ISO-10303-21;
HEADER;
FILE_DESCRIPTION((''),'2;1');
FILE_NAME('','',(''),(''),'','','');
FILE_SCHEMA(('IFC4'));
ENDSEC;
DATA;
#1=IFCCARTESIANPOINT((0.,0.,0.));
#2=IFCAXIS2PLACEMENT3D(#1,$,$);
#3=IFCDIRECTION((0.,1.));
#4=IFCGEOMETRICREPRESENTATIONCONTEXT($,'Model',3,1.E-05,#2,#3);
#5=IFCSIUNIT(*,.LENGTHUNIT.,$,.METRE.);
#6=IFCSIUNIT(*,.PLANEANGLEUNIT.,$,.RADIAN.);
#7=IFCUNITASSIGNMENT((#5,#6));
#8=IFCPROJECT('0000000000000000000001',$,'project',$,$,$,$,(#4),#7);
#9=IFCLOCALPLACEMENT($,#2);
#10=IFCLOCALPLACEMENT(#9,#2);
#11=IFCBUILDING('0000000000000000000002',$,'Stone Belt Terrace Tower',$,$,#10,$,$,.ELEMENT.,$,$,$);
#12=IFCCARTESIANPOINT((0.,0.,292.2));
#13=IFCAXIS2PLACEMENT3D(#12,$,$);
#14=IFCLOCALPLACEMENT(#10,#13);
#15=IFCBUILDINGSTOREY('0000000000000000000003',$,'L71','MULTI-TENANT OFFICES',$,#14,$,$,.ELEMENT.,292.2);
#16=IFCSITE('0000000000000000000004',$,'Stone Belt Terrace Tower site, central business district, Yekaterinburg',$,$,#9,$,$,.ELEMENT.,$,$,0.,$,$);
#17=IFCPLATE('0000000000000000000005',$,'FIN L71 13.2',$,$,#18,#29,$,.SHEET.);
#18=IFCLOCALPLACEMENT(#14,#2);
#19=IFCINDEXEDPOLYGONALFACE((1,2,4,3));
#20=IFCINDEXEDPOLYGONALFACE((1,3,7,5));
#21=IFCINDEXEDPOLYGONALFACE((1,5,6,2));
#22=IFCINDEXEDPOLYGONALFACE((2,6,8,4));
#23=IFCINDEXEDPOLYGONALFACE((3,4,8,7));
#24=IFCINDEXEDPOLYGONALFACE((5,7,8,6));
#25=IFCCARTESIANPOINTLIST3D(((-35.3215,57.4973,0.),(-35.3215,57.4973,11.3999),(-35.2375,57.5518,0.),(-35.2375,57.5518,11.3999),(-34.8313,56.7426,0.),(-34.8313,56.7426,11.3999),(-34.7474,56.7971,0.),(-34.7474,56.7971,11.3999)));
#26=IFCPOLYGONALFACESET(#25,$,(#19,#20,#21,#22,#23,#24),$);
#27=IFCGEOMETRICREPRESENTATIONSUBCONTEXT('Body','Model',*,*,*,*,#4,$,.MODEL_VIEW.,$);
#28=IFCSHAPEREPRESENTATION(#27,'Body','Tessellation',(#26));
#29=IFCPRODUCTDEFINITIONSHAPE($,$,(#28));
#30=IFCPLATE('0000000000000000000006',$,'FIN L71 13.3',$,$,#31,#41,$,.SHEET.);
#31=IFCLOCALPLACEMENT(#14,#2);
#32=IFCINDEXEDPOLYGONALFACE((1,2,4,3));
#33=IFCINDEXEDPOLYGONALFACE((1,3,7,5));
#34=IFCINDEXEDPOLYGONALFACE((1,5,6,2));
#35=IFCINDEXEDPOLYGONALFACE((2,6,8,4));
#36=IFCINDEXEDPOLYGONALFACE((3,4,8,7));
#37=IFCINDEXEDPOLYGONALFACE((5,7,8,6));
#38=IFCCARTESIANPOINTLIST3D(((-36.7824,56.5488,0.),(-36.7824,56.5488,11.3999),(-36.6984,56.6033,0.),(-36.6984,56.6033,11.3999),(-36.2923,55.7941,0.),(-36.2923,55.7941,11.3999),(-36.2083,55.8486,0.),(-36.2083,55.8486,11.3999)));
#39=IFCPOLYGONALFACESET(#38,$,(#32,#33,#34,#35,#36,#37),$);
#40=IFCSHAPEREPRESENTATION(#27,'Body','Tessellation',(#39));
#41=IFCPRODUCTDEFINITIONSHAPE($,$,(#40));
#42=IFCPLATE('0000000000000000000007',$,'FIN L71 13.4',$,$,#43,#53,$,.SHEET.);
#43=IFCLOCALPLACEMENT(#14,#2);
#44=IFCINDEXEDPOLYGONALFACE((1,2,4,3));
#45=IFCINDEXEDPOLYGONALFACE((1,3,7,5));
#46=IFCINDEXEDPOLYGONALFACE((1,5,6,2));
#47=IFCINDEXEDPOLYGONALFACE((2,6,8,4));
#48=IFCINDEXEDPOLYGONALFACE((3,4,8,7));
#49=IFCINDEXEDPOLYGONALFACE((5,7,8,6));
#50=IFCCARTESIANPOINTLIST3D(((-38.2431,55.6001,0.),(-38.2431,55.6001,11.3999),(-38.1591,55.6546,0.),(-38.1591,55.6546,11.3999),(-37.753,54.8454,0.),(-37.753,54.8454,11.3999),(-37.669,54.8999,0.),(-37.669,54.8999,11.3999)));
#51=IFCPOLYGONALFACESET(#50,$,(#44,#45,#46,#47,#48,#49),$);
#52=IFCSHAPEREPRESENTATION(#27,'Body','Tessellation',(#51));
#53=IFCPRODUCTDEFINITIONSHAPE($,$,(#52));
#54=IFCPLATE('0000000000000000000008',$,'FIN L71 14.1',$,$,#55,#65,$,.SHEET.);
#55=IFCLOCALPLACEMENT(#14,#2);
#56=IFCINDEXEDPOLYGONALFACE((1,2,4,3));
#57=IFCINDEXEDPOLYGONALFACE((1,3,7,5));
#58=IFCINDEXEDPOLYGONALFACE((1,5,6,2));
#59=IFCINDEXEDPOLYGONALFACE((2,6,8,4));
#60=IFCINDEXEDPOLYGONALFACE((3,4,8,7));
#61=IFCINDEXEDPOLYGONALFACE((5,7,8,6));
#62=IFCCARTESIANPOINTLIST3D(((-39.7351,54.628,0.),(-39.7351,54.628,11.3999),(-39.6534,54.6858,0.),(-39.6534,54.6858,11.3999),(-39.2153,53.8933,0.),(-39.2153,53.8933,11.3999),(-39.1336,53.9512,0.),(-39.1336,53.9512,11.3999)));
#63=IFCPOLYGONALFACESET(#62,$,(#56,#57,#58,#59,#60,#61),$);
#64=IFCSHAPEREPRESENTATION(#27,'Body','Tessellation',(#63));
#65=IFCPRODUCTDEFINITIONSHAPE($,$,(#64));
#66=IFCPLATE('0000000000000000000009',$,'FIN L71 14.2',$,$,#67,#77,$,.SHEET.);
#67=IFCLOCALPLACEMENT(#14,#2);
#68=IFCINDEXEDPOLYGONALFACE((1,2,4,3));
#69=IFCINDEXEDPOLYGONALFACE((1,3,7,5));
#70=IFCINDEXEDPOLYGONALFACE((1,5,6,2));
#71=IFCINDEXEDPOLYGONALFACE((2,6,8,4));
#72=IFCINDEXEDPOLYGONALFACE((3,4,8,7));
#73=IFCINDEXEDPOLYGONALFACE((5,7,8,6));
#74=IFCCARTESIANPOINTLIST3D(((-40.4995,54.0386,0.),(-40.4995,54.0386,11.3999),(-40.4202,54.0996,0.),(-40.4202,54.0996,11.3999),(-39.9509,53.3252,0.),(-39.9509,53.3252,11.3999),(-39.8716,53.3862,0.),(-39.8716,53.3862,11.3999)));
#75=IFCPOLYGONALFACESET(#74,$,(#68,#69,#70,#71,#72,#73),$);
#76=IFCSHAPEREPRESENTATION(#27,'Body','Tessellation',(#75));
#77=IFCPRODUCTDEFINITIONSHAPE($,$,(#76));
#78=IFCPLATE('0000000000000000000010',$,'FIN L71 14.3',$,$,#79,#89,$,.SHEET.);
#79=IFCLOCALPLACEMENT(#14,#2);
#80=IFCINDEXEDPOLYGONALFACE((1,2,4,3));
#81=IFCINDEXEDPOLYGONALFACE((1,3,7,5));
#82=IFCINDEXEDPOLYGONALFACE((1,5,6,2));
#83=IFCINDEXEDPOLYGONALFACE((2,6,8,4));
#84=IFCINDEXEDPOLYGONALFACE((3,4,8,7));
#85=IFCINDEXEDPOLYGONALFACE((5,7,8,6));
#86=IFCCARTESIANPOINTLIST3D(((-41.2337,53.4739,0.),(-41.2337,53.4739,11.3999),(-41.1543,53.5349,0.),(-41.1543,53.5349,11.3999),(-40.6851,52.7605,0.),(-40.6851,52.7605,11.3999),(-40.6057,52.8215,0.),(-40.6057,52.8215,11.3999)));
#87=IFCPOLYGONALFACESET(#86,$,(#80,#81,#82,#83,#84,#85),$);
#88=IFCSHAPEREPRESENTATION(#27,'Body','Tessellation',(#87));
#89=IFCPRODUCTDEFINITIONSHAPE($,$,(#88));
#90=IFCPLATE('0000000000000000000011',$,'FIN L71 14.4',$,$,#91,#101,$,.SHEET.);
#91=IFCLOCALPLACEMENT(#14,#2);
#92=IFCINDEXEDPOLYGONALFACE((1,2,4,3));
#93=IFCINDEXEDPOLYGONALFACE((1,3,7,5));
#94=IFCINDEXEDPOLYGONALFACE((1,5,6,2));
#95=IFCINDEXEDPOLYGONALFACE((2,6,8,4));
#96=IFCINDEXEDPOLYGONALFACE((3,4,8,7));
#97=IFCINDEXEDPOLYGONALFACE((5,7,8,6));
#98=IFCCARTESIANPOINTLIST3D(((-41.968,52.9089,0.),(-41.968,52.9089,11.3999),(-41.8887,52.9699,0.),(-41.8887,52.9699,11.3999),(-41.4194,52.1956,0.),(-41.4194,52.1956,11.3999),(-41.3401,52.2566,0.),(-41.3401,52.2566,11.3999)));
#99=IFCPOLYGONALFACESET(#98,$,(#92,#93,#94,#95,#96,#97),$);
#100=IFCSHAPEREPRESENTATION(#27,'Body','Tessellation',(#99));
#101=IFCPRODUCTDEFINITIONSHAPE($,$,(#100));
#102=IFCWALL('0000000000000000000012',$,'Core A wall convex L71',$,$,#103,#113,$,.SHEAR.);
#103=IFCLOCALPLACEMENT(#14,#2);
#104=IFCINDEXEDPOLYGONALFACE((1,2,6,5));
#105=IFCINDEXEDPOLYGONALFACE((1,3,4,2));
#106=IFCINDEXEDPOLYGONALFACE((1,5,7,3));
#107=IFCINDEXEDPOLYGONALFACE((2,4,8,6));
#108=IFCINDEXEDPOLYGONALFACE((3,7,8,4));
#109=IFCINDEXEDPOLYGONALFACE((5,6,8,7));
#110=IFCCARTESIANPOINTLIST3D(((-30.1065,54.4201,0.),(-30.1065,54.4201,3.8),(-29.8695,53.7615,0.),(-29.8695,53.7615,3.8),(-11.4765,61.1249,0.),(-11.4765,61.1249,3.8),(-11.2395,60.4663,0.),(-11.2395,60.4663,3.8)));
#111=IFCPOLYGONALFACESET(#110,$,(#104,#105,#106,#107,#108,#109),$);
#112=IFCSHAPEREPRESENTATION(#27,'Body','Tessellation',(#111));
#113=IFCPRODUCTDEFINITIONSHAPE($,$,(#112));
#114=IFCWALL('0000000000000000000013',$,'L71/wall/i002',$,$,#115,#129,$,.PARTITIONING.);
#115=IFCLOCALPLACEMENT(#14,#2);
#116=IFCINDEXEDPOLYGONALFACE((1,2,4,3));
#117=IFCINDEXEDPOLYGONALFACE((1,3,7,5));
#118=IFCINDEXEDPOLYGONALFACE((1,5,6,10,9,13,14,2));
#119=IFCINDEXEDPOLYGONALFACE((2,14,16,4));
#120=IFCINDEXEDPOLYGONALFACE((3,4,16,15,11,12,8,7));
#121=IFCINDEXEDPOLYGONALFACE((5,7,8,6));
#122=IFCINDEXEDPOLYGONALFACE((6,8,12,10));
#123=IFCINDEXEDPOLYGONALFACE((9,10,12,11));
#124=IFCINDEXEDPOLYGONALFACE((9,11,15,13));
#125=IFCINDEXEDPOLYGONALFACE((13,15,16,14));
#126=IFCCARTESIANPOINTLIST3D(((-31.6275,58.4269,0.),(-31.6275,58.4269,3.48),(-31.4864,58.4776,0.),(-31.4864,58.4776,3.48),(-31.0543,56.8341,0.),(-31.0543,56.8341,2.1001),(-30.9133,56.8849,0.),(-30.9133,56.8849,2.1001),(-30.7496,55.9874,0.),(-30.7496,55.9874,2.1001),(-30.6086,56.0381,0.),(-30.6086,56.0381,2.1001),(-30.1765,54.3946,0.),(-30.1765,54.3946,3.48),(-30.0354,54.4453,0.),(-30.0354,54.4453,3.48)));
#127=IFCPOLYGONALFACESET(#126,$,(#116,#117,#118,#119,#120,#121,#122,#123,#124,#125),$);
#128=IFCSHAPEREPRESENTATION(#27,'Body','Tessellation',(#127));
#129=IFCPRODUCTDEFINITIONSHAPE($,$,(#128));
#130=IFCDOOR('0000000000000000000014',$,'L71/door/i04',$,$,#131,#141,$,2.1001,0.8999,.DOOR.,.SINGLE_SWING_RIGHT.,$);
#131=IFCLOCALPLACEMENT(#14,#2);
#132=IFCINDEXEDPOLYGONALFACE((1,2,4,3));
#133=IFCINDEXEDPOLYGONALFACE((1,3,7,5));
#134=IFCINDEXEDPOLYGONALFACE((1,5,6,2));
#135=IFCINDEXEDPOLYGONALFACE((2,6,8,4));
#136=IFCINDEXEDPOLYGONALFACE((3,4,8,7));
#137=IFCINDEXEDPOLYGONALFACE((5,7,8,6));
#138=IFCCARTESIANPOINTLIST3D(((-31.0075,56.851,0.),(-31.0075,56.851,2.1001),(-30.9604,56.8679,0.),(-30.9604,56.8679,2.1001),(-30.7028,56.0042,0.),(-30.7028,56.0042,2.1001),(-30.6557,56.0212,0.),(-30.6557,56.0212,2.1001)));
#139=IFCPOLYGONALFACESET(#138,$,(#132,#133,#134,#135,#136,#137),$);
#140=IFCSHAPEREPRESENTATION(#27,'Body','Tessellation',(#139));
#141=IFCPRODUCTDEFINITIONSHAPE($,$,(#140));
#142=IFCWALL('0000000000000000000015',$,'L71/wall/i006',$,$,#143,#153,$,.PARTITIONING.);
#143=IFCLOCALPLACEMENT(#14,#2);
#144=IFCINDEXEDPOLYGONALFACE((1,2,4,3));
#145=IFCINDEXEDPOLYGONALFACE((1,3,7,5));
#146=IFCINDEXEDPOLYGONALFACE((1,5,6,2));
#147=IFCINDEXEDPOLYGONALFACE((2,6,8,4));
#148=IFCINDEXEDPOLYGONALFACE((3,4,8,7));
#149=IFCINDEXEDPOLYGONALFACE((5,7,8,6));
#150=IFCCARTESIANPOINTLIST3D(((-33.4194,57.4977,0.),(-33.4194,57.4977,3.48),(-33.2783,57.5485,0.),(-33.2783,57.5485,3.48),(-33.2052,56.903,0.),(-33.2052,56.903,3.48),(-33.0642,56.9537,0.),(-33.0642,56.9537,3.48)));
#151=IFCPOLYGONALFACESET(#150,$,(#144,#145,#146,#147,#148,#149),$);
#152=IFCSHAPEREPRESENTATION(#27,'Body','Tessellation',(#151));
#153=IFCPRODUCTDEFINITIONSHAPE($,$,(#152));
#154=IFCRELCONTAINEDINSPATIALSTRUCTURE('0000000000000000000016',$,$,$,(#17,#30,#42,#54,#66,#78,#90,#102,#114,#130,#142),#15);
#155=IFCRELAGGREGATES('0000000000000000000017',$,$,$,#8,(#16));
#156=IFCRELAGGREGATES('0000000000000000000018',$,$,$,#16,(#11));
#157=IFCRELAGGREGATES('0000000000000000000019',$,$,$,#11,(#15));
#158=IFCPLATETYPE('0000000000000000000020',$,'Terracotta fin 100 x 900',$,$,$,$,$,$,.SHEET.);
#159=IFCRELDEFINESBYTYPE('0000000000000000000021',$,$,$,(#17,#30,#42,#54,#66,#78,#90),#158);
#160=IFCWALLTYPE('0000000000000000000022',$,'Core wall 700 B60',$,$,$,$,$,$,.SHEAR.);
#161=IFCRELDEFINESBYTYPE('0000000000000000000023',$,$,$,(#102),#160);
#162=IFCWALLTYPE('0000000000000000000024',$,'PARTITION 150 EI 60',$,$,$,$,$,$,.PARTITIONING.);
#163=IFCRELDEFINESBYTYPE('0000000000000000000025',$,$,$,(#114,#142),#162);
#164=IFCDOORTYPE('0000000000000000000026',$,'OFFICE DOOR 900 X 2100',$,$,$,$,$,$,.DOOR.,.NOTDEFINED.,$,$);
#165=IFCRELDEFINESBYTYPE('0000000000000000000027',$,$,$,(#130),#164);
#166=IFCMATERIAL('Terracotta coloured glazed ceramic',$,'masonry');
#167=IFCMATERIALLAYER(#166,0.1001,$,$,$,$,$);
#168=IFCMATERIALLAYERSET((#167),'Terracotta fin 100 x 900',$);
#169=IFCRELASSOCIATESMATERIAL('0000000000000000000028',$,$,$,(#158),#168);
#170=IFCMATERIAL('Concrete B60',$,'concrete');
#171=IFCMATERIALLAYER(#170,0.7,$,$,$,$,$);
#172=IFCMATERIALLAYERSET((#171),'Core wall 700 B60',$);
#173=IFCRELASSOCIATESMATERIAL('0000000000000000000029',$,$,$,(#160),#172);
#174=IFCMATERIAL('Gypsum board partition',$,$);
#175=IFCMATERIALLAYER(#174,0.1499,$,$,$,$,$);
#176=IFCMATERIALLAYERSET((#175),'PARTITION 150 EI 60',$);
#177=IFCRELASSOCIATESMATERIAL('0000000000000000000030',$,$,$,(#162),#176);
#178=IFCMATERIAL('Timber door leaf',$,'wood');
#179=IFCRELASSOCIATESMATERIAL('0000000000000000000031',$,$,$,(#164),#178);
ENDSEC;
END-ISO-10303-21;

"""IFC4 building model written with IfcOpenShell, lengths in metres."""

from ifc_helpers import new_model, si_unit, direction, frame, frame_2d, origin, origin_2d, place, context, subcontext, project, spatial, rectangle, extrude, material, layer, layer_set, type_object, element, fill, save


model = new_model("IFC4")

# Units and contexts
model_context = context("Model", 3, precision=1e-05, world=origin(), true_north=direction((0.0, 1.0)))
body_context = subcontext(model_context, "Body", "Model", "MODEL_VIEW")
ifc_project = project(units=[si_unit("LENGTHUNIT", "METRE"), si_unit("PLANEANGLEUNIT", "RADIAN")], contexts=[model_context])

# Site, building, storey
site_placement = place(None, origin())
site = spatial("IfcSite", under=ifc_project, at=site_placement, Name="Stone Belt Terrace Tower site, central business district, Yekaterinburg", CompositionType="ELEMENT", RefElevation=0.0)
building_placement = place(site_placement, origin())
building = spatial("IfcBuilding", under=site, at=building_placement, Name="Stone Belt Terrace Tower", CompositionType="ELEMENT")
storey_placement = place(building_placement, frame((0.0, 0.0, 292.2)))
storey = spatial("IfcBuildingStorey", under=building, at=storey_placement, Name="L71", Description="MULTI-TENANT OFFICES", CompositionType="ELEMENT", Elevation=292.2)

# Shared definitions
ifc_material_1 = material(Name="Concrete B60", Category="concrete")

# Plates
ifc_material_2 = material(Name="Terracotta coloured glazed ceramic", Category="masonry")
ifc_layer_1 = layer(ifc_material_2, 0.1001)
ifc_layer_set_1 = layer_set([ifc_layer_1], Name="Terracotta fin 100 x 900")
plate_type_1 = type_object("IfcPlateType", Name="Terracotta fin 100 x 900", PredefinedType="SHEET", material=ifc_layer_set_1)
for number, where, z_axis, x_axis, name in (
    (1, (-35.0344, 57.1472, 0.0), (0.0, 0.0, 1.0), (-0.544639, 0.838671, 0.0), "FIN L71 13.2"),
    (2, (-36.4954, 56.1987, 0.0), (0.0, 0.0, 1.0), (-0.544639, 0.838671, 0.0), "FIN L71 13.3"),
    (3, (-37.9561, 55.25, 0.0), (0.0, 0.0, 1.0), (-0.544639, 0.838671, 0.0), "FIN L71 13.4"),
    (4, (-39.4343, 54.2896, 0.0), (0.0, 0.0, 1.0), (-0.577587, 0.816329, 0.0), "FIN L71 14.1"),
    (5, (-40.1855, 53.7124, 0.0), (0.0, 0.0, 1.0), (-0.60962, 0.792694, 0.0), "FIN L71 14.2"),
    (6, (-40.9197, 53.1477, 0.0), (0.0, 0.0, 1.0), (-0.60962, 0.792694, 0.0), "FIN L71 14.3"),
    (7, (-41.6541, 52.5828, 0.0), (0.0, 0.0, 1.0), (-0.60962, 0.792694, 0.0), "FIN L71 14.4"),
):
    element("IfcPlate", number, at=place(storey_placement, frame(where, z_axis=z_axis, x_axis=x_axis)), inside=storey, type_object=plate_type_1, Name=name, PredefinedType="SHEET", context=body_context, shape_type="SweptSolid", body=[
        extrude(rectangle(XDim=0.8999, YDim=0.1001, at=origin_2d()), origin(), (0.0, 0.0, 1.0), 11.3999),
    ])

# Wall
ifc_layer_2 = layer(ifc_material_1, 0.7)
ifc_layer_set_2 = layer_set([ifc_layer_2], Name="Core wall 700 B60")
wall_type_1 = type_object("IfcWallType", Name="Core wall 700 B60", PredefinedType="SHEAR", material=ifc_layer_set_2)
wall_1_placement = place(storey_placement, frame((-29.988, 54.0908, 0.0), z_axis=(0.0, 0.0, 1.0), x_axis=(0.94092, 0.33863, 0.0)))
element("IfcWall", 8, at=wall_1_placement, inside=storey, type_object=wall_type_1, Name="Core A wall convex L71", PredefinedType="SHEAR", context=body_context, shape_type="SweptSolid", body=[
    extrude(rectangle(XDim=19.7998, YDim=0.7, at=frame_2d((9.8999, 0.0))), origin(), (0.0, 0.0, 1.0), 3.8),
])

# Wall, opening, door
ifc_material_3 = material(Name="Gypsum board partition")
ifc_layer_3 = layer(ifc_material_3, 0.1499)
ifc_layer_set_3 = layer_set([ifc_layer_3], Name="PARTITION 150 EI 60")
wall_type_2 = type_object("IfcWallType", Name="PARTITION 150 EI 60", PredefinedType="PARTITIONING", material=ifc_layer_set_3)
wall_2_placement = place(storey_placement, frame((-31.5569, 58.4521, 0.0), z_axis=(0.0, 0.0, 1.0), x_axis=(0.33858, -0.940938, 0.0)))
wall_2 = element("IfcWall", 9, at=wall_2_placement, inside=storey, type_object=wall_type_2, Name="L71/wall/i002", PredefinedType="PARTITIONING", context=body_context, shape_type="SweptSolid", body=[
    extrude(rectangle(XDim=4.2854, YDim=0.1499, at=frame_2d((2.1426, 0.0))), origin(), (0.0, 0.0, 1.0), 3.48),
])
opening_placement = place(wall_2_placement, frame((1.6926, 0.0, 0.0)))
opening = element("IfcOpeningElement", 10, at=opening_placement, cuts=wall_2, PredefinedType="OPENING", context=body_context, shape_type="SweptSolid", body=[
    extrude(rectangle(XDim=0.8999, YDim=2.1001, at=frame_2d((0.45, 1.05))), frame((0.0, 0.085, 0.0), z_axis=(0.0, -1.0, 0.0), x_axis=(1.0, 0.0, 0.0)), (0.0, 0.0, 1.0), 0.1699),
])
ifc_material_4 = material(Name="Timber door leaf", Category="wood")
door_type = type_object("IfcDoorType", Name="OFFICE DOOR 900 X 2100", OperationType="NOTDEFINED", PredefinedType="DOOR", material=ifc_material_4)
door_placement = place(opening_placement, origin())
door = element("IfcDoor", 11, at=door_placement, inside=storey, type_object=door_type, Name="L71/door/i04", OperationType="SINGLE_SWING_RIGHT", OverallHeight=2.1001, OverallWidth=0.8999, PredefinedType="DOOR", context=body_context, shape_type="SweptSolid", body=[
    extrude(rectangle(XDim=0.8999, YDim=2.1001, at=frame_2d((0.45, 1.05))), frame((0.0, 0.0249, 0.0), z_axis=(0.0, -1.0, 0.0), x_axis=(1.0, 0.0, 0.0)), (0.0, 0.0, 1.0), 0.05),
])
fill(opening, door)

# Wall
wall_3_placement = place(storey_placement, frame((-33.1348, 56.9285, 0.0), z_axis=(0.0, 0.0, 1.0), x_axis=(-0.338733, 0.940882, 0.0)))
element("IfcWall", 12, at=wall_3_placement, inside=storey, type_object=wall_type_2, Name="L71/wall/i006", PredefinedType="PARTITIONING", context=body_context, shape_type="SweptSolid", body=[
    extrude(rectangle(XDim=0.6321, YDim=0.1499, at=frame_2d((0.3159, 0.0))), origin(), (0.0, 0.0, 1.0), 3.48),
])

save(model, "model.ifc")
